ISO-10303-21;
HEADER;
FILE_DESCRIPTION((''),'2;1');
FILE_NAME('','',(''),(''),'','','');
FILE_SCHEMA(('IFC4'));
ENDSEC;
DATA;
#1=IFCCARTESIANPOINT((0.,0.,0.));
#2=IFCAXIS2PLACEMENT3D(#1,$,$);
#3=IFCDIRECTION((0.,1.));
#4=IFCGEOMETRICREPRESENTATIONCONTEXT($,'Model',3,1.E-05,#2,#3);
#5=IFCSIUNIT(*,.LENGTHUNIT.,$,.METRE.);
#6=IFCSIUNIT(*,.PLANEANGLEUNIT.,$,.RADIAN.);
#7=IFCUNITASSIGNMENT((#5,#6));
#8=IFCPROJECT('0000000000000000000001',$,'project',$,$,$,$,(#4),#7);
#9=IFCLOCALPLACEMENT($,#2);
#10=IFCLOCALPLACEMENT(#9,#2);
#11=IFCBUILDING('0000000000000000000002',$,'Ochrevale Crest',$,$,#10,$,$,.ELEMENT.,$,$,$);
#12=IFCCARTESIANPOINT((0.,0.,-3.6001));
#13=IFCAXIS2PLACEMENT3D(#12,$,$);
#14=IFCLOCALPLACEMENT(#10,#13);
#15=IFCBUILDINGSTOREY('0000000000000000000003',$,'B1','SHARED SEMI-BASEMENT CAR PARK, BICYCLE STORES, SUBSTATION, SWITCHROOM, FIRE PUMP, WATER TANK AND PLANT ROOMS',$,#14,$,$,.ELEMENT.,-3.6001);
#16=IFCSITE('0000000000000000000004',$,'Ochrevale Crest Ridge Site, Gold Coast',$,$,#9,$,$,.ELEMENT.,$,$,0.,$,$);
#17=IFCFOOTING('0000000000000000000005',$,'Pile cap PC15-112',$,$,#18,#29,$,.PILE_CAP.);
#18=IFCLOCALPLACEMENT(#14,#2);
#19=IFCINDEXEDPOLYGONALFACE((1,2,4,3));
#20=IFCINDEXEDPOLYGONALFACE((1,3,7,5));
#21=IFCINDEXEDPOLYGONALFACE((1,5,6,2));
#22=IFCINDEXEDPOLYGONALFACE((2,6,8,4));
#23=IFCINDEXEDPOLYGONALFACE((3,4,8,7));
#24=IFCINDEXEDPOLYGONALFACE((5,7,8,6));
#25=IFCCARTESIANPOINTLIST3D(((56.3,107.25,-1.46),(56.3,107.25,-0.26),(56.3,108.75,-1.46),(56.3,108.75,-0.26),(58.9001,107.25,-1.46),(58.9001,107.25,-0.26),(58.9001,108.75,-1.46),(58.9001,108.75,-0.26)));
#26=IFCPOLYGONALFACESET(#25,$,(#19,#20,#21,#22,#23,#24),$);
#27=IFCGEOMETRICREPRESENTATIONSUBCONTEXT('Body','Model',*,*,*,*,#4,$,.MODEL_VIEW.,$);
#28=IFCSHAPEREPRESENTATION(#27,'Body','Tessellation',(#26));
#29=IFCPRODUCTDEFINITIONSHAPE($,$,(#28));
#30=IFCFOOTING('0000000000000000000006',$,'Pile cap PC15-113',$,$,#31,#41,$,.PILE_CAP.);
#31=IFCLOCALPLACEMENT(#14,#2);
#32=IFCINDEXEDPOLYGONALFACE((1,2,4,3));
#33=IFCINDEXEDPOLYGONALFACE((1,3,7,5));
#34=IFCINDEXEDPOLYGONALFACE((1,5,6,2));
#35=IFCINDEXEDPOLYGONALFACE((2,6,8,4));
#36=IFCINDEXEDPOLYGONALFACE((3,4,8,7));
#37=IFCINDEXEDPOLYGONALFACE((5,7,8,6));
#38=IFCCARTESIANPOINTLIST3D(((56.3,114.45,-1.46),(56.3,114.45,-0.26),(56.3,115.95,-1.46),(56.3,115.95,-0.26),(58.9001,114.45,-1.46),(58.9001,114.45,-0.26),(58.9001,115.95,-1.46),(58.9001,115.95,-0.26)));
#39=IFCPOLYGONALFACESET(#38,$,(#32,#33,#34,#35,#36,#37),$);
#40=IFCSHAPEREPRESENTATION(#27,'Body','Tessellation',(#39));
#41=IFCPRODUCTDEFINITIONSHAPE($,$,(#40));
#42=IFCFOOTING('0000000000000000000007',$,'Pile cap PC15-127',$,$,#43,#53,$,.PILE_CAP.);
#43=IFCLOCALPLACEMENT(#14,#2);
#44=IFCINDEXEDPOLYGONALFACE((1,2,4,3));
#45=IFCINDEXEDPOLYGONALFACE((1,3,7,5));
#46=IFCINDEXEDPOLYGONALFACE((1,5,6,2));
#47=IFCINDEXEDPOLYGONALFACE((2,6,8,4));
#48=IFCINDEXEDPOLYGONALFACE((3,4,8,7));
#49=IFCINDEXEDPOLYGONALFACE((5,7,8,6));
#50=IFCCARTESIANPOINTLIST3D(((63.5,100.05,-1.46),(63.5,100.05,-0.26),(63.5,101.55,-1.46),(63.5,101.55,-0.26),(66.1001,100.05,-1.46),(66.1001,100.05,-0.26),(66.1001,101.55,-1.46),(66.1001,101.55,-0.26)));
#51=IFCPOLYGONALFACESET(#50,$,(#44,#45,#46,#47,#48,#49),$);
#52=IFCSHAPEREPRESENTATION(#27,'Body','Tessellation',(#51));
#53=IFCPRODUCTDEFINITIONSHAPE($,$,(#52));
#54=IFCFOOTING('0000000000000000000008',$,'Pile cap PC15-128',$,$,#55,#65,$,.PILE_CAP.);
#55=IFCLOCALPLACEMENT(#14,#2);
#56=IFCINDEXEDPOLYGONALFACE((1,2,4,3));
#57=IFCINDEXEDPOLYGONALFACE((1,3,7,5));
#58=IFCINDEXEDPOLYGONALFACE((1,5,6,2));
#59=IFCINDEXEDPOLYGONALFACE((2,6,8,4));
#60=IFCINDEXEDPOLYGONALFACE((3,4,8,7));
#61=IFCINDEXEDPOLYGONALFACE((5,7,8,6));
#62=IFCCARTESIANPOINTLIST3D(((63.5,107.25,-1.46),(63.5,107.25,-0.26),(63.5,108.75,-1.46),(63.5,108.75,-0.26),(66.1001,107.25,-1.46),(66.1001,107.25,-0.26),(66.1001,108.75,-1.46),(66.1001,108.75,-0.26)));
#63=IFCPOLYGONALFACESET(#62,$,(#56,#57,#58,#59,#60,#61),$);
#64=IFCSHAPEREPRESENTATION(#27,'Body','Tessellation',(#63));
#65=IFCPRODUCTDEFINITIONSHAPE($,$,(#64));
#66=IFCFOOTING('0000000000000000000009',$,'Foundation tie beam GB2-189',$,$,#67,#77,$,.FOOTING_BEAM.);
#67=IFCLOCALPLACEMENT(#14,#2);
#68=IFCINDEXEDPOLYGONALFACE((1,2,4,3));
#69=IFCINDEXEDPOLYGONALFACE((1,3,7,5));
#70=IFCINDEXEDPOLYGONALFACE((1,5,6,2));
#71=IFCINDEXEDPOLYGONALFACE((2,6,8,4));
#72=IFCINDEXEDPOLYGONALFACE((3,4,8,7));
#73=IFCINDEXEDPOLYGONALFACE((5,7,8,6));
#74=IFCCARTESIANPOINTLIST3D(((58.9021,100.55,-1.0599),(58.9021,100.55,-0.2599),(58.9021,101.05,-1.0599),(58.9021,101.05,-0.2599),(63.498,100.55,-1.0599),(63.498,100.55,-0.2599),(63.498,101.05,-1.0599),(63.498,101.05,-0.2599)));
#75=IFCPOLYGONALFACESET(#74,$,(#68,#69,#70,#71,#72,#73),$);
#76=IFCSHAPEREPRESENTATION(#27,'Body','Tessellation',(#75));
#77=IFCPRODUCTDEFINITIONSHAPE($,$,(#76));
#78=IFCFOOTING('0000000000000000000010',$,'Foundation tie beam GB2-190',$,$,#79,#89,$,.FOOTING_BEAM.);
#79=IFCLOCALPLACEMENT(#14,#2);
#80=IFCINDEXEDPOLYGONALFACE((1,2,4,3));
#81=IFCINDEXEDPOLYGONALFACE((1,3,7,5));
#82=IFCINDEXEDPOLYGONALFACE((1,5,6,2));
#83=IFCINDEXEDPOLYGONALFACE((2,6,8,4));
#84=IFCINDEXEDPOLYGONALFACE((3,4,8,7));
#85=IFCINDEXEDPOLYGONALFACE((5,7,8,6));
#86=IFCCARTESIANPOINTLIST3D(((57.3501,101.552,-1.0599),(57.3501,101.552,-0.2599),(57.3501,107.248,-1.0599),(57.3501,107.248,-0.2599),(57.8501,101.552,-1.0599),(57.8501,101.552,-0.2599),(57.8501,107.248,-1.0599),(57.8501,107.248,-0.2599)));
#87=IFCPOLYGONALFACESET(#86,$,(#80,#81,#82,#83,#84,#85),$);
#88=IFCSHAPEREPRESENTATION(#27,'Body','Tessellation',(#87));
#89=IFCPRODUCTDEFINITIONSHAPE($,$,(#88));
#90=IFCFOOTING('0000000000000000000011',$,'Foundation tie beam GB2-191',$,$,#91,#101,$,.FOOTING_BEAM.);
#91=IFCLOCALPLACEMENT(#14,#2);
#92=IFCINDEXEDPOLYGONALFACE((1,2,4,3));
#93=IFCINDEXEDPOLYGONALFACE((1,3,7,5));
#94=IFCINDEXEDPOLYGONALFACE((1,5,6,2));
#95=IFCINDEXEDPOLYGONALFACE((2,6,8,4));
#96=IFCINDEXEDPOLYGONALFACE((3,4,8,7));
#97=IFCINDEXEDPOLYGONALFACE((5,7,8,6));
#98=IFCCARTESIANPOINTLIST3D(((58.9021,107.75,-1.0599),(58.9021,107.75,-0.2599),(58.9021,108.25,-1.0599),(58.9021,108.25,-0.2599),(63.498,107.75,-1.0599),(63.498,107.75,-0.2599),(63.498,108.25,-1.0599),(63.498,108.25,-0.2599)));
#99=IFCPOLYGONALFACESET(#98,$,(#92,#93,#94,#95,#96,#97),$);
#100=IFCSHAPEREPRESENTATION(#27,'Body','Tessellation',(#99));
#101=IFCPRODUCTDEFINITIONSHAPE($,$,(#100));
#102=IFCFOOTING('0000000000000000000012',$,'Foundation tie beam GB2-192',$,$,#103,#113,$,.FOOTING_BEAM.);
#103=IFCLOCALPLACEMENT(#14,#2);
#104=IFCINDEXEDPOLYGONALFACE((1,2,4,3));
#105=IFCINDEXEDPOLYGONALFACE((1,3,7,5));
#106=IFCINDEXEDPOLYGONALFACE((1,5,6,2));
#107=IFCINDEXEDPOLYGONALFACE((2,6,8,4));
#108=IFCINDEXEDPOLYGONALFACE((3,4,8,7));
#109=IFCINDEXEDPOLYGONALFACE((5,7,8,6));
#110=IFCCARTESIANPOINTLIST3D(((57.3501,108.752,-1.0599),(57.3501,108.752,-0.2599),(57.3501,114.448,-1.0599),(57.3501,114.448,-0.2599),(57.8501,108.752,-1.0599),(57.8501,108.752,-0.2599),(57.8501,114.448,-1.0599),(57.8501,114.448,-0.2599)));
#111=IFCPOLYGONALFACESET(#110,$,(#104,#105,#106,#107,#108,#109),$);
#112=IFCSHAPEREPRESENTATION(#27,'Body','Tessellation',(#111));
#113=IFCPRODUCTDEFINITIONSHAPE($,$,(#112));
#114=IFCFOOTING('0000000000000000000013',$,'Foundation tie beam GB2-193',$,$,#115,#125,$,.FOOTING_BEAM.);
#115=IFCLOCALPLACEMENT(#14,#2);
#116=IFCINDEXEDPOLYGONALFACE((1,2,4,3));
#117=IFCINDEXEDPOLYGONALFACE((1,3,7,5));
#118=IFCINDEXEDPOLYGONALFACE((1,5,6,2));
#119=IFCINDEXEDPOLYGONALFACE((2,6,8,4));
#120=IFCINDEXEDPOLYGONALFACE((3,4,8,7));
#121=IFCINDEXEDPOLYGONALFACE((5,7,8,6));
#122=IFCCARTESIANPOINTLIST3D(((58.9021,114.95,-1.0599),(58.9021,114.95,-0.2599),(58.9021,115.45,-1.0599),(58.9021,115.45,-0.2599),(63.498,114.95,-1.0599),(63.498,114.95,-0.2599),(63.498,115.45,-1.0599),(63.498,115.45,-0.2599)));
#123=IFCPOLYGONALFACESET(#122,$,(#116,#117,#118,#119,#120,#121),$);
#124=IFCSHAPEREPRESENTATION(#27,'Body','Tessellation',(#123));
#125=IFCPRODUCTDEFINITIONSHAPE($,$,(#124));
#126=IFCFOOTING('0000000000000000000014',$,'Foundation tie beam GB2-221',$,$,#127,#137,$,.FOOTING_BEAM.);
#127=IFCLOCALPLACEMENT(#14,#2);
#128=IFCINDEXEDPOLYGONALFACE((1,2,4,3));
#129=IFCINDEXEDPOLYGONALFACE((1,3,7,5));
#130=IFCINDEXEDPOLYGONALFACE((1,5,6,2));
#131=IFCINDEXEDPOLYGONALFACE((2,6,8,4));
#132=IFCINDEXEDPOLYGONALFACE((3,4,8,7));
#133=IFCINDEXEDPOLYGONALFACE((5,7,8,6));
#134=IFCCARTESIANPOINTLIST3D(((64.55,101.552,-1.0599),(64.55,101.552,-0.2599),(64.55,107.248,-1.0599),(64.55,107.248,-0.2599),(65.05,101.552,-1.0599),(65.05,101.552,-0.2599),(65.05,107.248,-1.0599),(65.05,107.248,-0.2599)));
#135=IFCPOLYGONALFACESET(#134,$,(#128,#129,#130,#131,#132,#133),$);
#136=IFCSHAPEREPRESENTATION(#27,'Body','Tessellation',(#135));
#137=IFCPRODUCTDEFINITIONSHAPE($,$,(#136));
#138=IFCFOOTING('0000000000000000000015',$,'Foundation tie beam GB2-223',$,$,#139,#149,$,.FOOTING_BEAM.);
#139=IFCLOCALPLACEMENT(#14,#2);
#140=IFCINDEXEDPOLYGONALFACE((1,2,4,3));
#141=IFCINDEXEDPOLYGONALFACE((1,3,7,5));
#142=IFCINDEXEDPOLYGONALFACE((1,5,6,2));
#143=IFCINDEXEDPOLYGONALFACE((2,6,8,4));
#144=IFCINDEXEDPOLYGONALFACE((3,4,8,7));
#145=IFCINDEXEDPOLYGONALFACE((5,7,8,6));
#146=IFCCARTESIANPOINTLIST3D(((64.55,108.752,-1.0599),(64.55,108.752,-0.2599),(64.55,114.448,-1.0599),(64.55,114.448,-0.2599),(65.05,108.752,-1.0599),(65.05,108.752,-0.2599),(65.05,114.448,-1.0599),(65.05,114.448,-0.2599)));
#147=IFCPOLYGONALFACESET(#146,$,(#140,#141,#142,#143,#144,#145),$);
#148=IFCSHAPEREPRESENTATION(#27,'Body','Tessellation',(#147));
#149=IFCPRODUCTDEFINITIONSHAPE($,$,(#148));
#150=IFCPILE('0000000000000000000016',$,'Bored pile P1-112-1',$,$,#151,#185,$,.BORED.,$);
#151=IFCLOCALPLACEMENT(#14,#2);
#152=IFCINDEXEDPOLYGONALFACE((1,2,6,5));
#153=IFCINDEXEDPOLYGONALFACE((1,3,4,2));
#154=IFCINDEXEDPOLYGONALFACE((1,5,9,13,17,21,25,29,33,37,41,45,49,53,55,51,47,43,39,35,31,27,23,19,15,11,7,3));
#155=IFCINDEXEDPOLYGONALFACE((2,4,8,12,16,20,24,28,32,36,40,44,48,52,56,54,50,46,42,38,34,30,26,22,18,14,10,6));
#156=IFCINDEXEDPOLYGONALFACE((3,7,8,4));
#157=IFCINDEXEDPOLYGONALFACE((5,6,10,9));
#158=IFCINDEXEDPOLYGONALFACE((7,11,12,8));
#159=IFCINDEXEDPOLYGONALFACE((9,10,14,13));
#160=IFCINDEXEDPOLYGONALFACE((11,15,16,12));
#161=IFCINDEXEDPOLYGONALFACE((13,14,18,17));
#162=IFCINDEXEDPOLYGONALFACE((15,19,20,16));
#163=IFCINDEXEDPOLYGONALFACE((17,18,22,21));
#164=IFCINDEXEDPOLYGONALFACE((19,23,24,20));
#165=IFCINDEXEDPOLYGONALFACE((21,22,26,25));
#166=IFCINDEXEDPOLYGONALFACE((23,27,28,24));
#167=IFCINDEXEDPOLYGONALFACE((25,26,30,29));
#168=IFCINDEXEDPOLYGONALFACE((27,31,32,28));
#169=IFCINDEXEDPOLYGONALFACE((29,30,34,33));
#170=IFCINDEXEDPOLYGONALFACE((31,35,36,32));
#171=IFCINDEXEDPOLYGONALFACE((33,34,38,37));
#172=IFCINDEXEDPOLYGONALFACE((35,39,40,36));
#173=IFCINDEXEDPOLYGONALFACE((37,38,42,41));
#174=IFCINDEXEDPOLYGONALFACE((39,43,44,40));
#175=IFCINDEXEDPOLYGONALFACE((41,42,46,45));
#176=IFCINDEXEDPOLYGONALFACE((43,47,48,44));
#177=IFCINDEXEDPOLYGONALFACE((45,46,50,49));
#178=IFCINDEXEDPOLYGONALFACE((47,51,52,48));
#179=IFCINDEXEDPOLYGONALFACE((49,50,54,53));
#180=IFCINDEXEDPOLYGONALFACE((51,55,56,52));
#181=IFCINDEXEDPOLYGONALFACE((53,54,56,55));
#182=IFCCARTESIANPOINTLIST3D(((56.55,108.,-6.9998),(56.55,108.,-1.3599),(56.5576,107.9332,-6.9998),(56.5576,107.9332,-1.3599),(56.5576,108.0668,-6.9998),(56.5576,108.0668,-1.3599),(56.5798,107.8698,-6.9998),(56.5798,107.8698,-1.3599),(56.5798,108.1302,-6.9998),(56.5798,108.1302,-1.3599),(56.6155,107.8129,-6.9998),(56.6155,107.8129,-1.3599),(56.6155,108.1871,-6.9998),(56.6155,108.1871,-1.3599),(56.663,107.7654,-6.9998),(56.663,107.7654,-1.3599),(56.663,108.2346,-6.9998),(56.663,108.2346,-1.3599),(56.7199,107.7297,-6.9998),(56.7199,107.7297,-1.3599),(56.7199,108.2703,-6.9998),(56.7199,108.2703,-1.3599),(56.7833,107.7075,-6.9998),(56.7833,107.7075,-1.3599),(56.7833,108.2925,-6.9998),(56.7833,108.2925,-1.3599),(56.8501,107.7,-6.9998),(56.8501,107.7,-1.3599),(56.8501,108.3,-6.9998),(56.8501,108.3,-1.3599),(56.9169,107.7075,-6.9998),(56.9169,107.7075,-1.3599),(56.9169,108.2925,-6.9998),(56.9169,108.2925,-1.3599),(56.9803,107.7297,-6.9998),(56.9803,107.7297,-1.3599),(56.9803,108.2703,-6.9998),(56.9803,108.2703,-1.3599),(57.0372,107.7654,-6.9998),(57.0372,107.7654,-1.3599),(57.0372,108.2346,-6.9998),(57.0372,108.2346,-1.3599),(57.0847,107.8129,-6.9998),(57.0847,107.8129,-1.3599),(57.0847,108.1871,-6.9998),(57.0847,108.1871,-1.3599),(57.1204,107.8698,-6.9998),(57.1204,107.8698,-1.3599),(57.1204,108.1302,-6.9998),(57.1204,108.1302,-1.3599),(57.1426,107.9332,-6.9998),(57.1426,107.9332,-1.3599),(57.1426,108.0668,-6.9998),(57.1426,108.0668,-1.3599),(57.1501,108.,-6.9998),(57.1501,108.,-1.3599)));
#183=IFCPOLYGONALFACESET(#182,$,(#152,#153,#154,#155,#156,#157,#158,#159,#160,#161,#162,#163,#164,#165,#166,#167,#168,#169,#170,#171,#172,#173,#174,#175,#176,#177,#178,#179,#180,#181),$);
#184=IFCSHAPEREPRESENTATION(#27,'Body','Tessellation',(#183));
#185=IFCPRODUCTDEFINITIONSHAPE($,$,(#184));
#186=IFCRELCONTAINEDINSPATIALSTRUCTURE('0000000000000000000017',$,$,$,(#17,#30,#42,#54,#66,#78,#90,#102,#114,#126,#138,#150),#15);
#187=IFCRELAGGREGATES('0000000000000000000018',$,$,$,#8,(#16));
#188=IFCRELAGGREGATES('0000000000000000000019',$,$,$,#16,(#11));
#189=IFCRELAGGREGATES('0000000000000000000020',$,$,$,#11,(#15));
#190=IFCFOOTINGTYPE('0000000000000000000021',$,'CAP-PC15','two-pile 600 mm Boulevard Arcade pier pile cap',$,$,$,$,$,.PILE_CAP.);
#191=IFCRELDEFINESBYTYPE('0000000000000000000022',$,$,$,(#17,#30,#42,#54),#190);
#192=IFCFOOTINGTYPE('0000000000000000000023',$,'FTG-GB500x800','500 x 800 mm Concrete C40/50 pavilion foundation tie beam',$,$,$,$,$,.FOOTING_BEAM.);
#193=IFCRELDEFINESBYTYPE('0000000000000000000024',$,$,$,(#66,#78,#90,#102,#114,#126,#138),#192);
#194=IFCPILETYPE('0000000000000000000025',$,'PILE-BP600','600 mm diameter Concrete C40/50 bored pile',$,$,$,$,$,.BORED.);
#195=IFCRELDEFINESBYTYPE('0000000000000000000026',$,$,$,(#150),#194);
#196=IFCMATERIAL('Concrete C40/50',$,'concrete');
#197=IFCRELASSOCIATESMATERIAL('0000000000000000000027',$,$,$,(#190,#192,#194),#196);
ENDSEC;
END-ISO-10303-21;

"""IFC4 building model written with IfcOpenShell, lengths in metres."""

from ifc_helpers import new_model, si_unit, direction, frame, origin, origin_2d, place, context, subcontext, project, spatial, rectangle, circle, extrude, material, material_profile, profile_set, type_object, element, save


model = new_model("IFC4")

# Units and contexts
model_context = context("Model", 3, precision=1e-05, world=origin(), true_north=direction((0.0, 1.0)))
body_context = subcontext(model_context, "Body", "Model", "MODEL_VIEW")
ifc_project = project(units=[si_unit("LENGTHUNIT", "METRE"), si_unit("PLANEANGLEUNIT", "RADIAN")], contexts=[model_context])

# Site, building, storey
site_placement = place(None, origin())
site = spatial("IfcSite", under=ifc_project, at=site_placement, Name="Ochrevale Crest Ridge Site, Gold Coast", CompositionType="ELEMENT", RefElevation=0.0)
building_placement = place(site_placement, origin())
building = spatial("IfcBuilding", under=site, at=building_placement, Name="Ochrevale Crest", CompositionType="ELEMENT")
storey_placement = place(building_placement, frame((0.0, 0.0, -3.6001)))
storey = spatial("IfcBuildingStorey", under=building, at=storey_placement, Name="B1", Description="SHARED SEMI-BASEMENT CAR PARK, BICYCLE STORES, SUBSTATION, SWITCHROOM, FIRE PUMP, WATER TANK AND PLANT ROOMS", CompositionType="ELEMENT", Elevation=-3.6001)

# Footings
ifc_material_1 = material(Name="Concrete C40/50", Category="concrete")
footing_type_1 = type_object("IfcFootingType", Name="CAP-PC15", Description="two-pile 600 mm Boulevard Arcade pier pile cap", PredefinedType="PILE_CAP", material=ifc_material_1)
for number, where, z_axis, x_axis, name in (
    (1, (57.6001, 108.0, -1.46), (0.0, 0.0, 1.0), (1.0, 0.0, 0.0), "Pile cap PC15-112"),
    (2, (57.6001, 115.2, -1.46), (0.0, 0.0, 1.0), (1.0, 0.0, 0.0), "Pile cap PC15-113"),
    (3, (64.8, 100.8, -1.46), (0.0, 0.0, 1.0), (1.0, 0.0, 0.0), "Pile cap PC15-127"),
    (4, (64.8, 108.0, -1.46), (0.0, 0.0, 1.0), (1.0, 0.0, 0.0), "Pile cap PC15-128"),
):
    element("IfcFooting", number, at=place(storey_placement, frame(where, z_axis=z_axis, x_axis=x_axis)), inside=storey, type_object=footing_type_1, Name=name, PredefinedType="PILE_CAP", context=body_context, shape_type="SweptSolid", body=[
        extrude(rectangle(XDim=2.6001, YDim=1.5, at=origin_2d()), origin(), (0.0, 0.0, 1.0), 1.2),
    ])
ifc_material_profile_1 = material_profile(ifc_material_1, rectangle(XDim=0.5, YDim=0.8, at=origin_2d()), Name="GB 500x800")
ifc_profile_set_1 = profile_set([ifc_material_profile_1], Name="Concrete C40/50")
footing_type_2 = type_object("IfcFootingType", Name="FTG-GB500x800", Description="500 x 800 mm Concrete C40/50 pavilion foundation tie beam", PredefinedType="FOOTING_BEAM", material=ifc_profile_set_1)
footing_1_placement = place(storey_placement, frame((58.9021, 100.8, -0.6599), z_axis=(1.0, 0.0, 0.0), x_axis=(0.0, 1.0, 0.0)))
element("IfcFooting", 5, at=footing_1_placement, inside=storey, type_object=footing_type_2, Name="Foundation tie beam GB2-189", PredefinedType="FOOTING_BEAM", context=body_context, shape_type="SweptSolid", body=[
    extrude(rectangle(XDim=0.5, YDim=0.8, at=origin_2d()), origin(), (0.0, 0.0, 1.0), 4.5959),
])
footing_2_placement = place(storey_placement, frame((57.6001, 101.552, -0.6599), z_axis=(0.0, 1.0, 0.0), x_axis=(-1.0, 0.0, 0.0)))
element("IfcFooting", 6, at=footing_2_placement, inside=storey, type_object=footing_type_2, Name="Foundation tie beam GB2-190", PredefinedType="FOOTING_BEAM", context=body_context, shape_type="SweptSolid", body=[
    extrude(rectangle(XDim=0.5, YDim=0.8, at=origin_2d()), origin(), (0.0, 0.0, 1.0), 5.696),
])
footing_3_placement = place(storey_placement, frame((58.9021, 108.0, -0.6599), z_axis=(1.0, 0.0, 0.0), x_axis=(0.0, 1.0, 0.0)))
element("IfcFooting", 7, at=footing_3_placement, inside=storey, type_object=footing_type_2, Name="Foundation tie beam GB2-191", PredefinedType="FOOTING_BEAM", context=body_context, shape_type="SweptSolid", body=[
    extrude(rectangle(XDim=0.5, YDim=0.8, at=origin_2d()), origin(), (0.0, 0.0, 1.0), 4.5959),
])
footing_4_placement = place(storey_placement, frame((57.6001, 108.752, -0.6599), z_axis=(0.0, 1.0, 0.0), x_axis=(-1.0, 0.0, 0.0)))
element("IfcFooting", 8, at=footing_4_placement, inside=storey, type_object=footing_type_2, Name="Foundation tie beam GB2-192", PredefinedType="FOOTING_BEAM", context=body_context, shape_type="SweptSolid", body=[
    extrude(rectangle(XDim=0.5, YDim=0.8, at=origin_2d()), origin(), (0.0, 0.0, 1.0), 5.696),
])
footing_5_placement = place(storey_placement, frame((58.9021, 115.2, -0.6599), z_axis=(1.0, 0.0, 0.0), x_axis=(0.0, 1.0, 0.0)))
element("IfcFooting", 9, at=footing_5_placement, inside=storey, type_object=footing_type_2, Name="Foundation tie beam GB2-193", PredefinedType="FOOTING_BEAM", context=body_context, shape_type="SweptSolid", body=[
    extrude(rectangle(XDim=0.5, YDim=0.8, at=origin_2d()), origin(), (0.0, 0.0, 1.0), 4.5959),
])
for number, where, z_axis, x_axis, name in (
    (10, (64.8, 101.552, -0.6599), (0.0, 1.0, 0.0), (-1.0, 0.0, 0.0), "Foundation tie beam GB2-221"),
    (11, (64.8, 108.752, -0.6599), (0.0, 1.0, 0.0), (-1.0, 0.0, 0.0), "Foundation tie beam GB2-223"),
):
    element("IfcFooting", number, at=place(storey_placement, frame(where, z_axis=z_axis, x_axis=x_axis)), inside=storey, type_object=footing_type_2, Name=name, PredefinedType="FOOTING_BEAM", context=body_context, shape_type="SweptSolid", body=[
        extrude(rectangle(XDim=0.5, YDim=0.8, at=origin_2d()), origin(), (0.0, 0.0, 1.0), 5.696),
    ])

# Pile
ifc_material_profile_2 = material_profile(ifc_material_1, circle(Radius=0.3, at=origin_2d()), Name="BORED PILE 600")
ifc_profile_set_2 = profile_set([ifc_material_profile_2], Name="Concrete C40/50")
pile_type = type_object("IfcPileType", Name="PILE-BP600", Description="600 mm diameter Concrete C40/50 bored pile", PredefinedType="BORED", material=ifc_profile_set_2)
for number, where, z_axis, x_axis, name in (
    (12, (56.8501, 108.0, -1.3599), (0.0, 0.0, -1.0), (1.0, 0.0, 0.0), "Bored pile P1-112-1"),
):
    element("IfcPile", number, at=place(storey_placement, frame(where, z_axis=z_axis, x_axis=x_axis)), inside=storey, type_object=pile_type, Name=name, PredefinedType="BORED", context=body_context, shape_type="SweptSolid", body=[
        extrude(circle(Radius=0.3, at=origin_2d()), origin(), (0.0, 0.0, 1.0), 5.6399),
    ])

save(model, "model.ifc")
